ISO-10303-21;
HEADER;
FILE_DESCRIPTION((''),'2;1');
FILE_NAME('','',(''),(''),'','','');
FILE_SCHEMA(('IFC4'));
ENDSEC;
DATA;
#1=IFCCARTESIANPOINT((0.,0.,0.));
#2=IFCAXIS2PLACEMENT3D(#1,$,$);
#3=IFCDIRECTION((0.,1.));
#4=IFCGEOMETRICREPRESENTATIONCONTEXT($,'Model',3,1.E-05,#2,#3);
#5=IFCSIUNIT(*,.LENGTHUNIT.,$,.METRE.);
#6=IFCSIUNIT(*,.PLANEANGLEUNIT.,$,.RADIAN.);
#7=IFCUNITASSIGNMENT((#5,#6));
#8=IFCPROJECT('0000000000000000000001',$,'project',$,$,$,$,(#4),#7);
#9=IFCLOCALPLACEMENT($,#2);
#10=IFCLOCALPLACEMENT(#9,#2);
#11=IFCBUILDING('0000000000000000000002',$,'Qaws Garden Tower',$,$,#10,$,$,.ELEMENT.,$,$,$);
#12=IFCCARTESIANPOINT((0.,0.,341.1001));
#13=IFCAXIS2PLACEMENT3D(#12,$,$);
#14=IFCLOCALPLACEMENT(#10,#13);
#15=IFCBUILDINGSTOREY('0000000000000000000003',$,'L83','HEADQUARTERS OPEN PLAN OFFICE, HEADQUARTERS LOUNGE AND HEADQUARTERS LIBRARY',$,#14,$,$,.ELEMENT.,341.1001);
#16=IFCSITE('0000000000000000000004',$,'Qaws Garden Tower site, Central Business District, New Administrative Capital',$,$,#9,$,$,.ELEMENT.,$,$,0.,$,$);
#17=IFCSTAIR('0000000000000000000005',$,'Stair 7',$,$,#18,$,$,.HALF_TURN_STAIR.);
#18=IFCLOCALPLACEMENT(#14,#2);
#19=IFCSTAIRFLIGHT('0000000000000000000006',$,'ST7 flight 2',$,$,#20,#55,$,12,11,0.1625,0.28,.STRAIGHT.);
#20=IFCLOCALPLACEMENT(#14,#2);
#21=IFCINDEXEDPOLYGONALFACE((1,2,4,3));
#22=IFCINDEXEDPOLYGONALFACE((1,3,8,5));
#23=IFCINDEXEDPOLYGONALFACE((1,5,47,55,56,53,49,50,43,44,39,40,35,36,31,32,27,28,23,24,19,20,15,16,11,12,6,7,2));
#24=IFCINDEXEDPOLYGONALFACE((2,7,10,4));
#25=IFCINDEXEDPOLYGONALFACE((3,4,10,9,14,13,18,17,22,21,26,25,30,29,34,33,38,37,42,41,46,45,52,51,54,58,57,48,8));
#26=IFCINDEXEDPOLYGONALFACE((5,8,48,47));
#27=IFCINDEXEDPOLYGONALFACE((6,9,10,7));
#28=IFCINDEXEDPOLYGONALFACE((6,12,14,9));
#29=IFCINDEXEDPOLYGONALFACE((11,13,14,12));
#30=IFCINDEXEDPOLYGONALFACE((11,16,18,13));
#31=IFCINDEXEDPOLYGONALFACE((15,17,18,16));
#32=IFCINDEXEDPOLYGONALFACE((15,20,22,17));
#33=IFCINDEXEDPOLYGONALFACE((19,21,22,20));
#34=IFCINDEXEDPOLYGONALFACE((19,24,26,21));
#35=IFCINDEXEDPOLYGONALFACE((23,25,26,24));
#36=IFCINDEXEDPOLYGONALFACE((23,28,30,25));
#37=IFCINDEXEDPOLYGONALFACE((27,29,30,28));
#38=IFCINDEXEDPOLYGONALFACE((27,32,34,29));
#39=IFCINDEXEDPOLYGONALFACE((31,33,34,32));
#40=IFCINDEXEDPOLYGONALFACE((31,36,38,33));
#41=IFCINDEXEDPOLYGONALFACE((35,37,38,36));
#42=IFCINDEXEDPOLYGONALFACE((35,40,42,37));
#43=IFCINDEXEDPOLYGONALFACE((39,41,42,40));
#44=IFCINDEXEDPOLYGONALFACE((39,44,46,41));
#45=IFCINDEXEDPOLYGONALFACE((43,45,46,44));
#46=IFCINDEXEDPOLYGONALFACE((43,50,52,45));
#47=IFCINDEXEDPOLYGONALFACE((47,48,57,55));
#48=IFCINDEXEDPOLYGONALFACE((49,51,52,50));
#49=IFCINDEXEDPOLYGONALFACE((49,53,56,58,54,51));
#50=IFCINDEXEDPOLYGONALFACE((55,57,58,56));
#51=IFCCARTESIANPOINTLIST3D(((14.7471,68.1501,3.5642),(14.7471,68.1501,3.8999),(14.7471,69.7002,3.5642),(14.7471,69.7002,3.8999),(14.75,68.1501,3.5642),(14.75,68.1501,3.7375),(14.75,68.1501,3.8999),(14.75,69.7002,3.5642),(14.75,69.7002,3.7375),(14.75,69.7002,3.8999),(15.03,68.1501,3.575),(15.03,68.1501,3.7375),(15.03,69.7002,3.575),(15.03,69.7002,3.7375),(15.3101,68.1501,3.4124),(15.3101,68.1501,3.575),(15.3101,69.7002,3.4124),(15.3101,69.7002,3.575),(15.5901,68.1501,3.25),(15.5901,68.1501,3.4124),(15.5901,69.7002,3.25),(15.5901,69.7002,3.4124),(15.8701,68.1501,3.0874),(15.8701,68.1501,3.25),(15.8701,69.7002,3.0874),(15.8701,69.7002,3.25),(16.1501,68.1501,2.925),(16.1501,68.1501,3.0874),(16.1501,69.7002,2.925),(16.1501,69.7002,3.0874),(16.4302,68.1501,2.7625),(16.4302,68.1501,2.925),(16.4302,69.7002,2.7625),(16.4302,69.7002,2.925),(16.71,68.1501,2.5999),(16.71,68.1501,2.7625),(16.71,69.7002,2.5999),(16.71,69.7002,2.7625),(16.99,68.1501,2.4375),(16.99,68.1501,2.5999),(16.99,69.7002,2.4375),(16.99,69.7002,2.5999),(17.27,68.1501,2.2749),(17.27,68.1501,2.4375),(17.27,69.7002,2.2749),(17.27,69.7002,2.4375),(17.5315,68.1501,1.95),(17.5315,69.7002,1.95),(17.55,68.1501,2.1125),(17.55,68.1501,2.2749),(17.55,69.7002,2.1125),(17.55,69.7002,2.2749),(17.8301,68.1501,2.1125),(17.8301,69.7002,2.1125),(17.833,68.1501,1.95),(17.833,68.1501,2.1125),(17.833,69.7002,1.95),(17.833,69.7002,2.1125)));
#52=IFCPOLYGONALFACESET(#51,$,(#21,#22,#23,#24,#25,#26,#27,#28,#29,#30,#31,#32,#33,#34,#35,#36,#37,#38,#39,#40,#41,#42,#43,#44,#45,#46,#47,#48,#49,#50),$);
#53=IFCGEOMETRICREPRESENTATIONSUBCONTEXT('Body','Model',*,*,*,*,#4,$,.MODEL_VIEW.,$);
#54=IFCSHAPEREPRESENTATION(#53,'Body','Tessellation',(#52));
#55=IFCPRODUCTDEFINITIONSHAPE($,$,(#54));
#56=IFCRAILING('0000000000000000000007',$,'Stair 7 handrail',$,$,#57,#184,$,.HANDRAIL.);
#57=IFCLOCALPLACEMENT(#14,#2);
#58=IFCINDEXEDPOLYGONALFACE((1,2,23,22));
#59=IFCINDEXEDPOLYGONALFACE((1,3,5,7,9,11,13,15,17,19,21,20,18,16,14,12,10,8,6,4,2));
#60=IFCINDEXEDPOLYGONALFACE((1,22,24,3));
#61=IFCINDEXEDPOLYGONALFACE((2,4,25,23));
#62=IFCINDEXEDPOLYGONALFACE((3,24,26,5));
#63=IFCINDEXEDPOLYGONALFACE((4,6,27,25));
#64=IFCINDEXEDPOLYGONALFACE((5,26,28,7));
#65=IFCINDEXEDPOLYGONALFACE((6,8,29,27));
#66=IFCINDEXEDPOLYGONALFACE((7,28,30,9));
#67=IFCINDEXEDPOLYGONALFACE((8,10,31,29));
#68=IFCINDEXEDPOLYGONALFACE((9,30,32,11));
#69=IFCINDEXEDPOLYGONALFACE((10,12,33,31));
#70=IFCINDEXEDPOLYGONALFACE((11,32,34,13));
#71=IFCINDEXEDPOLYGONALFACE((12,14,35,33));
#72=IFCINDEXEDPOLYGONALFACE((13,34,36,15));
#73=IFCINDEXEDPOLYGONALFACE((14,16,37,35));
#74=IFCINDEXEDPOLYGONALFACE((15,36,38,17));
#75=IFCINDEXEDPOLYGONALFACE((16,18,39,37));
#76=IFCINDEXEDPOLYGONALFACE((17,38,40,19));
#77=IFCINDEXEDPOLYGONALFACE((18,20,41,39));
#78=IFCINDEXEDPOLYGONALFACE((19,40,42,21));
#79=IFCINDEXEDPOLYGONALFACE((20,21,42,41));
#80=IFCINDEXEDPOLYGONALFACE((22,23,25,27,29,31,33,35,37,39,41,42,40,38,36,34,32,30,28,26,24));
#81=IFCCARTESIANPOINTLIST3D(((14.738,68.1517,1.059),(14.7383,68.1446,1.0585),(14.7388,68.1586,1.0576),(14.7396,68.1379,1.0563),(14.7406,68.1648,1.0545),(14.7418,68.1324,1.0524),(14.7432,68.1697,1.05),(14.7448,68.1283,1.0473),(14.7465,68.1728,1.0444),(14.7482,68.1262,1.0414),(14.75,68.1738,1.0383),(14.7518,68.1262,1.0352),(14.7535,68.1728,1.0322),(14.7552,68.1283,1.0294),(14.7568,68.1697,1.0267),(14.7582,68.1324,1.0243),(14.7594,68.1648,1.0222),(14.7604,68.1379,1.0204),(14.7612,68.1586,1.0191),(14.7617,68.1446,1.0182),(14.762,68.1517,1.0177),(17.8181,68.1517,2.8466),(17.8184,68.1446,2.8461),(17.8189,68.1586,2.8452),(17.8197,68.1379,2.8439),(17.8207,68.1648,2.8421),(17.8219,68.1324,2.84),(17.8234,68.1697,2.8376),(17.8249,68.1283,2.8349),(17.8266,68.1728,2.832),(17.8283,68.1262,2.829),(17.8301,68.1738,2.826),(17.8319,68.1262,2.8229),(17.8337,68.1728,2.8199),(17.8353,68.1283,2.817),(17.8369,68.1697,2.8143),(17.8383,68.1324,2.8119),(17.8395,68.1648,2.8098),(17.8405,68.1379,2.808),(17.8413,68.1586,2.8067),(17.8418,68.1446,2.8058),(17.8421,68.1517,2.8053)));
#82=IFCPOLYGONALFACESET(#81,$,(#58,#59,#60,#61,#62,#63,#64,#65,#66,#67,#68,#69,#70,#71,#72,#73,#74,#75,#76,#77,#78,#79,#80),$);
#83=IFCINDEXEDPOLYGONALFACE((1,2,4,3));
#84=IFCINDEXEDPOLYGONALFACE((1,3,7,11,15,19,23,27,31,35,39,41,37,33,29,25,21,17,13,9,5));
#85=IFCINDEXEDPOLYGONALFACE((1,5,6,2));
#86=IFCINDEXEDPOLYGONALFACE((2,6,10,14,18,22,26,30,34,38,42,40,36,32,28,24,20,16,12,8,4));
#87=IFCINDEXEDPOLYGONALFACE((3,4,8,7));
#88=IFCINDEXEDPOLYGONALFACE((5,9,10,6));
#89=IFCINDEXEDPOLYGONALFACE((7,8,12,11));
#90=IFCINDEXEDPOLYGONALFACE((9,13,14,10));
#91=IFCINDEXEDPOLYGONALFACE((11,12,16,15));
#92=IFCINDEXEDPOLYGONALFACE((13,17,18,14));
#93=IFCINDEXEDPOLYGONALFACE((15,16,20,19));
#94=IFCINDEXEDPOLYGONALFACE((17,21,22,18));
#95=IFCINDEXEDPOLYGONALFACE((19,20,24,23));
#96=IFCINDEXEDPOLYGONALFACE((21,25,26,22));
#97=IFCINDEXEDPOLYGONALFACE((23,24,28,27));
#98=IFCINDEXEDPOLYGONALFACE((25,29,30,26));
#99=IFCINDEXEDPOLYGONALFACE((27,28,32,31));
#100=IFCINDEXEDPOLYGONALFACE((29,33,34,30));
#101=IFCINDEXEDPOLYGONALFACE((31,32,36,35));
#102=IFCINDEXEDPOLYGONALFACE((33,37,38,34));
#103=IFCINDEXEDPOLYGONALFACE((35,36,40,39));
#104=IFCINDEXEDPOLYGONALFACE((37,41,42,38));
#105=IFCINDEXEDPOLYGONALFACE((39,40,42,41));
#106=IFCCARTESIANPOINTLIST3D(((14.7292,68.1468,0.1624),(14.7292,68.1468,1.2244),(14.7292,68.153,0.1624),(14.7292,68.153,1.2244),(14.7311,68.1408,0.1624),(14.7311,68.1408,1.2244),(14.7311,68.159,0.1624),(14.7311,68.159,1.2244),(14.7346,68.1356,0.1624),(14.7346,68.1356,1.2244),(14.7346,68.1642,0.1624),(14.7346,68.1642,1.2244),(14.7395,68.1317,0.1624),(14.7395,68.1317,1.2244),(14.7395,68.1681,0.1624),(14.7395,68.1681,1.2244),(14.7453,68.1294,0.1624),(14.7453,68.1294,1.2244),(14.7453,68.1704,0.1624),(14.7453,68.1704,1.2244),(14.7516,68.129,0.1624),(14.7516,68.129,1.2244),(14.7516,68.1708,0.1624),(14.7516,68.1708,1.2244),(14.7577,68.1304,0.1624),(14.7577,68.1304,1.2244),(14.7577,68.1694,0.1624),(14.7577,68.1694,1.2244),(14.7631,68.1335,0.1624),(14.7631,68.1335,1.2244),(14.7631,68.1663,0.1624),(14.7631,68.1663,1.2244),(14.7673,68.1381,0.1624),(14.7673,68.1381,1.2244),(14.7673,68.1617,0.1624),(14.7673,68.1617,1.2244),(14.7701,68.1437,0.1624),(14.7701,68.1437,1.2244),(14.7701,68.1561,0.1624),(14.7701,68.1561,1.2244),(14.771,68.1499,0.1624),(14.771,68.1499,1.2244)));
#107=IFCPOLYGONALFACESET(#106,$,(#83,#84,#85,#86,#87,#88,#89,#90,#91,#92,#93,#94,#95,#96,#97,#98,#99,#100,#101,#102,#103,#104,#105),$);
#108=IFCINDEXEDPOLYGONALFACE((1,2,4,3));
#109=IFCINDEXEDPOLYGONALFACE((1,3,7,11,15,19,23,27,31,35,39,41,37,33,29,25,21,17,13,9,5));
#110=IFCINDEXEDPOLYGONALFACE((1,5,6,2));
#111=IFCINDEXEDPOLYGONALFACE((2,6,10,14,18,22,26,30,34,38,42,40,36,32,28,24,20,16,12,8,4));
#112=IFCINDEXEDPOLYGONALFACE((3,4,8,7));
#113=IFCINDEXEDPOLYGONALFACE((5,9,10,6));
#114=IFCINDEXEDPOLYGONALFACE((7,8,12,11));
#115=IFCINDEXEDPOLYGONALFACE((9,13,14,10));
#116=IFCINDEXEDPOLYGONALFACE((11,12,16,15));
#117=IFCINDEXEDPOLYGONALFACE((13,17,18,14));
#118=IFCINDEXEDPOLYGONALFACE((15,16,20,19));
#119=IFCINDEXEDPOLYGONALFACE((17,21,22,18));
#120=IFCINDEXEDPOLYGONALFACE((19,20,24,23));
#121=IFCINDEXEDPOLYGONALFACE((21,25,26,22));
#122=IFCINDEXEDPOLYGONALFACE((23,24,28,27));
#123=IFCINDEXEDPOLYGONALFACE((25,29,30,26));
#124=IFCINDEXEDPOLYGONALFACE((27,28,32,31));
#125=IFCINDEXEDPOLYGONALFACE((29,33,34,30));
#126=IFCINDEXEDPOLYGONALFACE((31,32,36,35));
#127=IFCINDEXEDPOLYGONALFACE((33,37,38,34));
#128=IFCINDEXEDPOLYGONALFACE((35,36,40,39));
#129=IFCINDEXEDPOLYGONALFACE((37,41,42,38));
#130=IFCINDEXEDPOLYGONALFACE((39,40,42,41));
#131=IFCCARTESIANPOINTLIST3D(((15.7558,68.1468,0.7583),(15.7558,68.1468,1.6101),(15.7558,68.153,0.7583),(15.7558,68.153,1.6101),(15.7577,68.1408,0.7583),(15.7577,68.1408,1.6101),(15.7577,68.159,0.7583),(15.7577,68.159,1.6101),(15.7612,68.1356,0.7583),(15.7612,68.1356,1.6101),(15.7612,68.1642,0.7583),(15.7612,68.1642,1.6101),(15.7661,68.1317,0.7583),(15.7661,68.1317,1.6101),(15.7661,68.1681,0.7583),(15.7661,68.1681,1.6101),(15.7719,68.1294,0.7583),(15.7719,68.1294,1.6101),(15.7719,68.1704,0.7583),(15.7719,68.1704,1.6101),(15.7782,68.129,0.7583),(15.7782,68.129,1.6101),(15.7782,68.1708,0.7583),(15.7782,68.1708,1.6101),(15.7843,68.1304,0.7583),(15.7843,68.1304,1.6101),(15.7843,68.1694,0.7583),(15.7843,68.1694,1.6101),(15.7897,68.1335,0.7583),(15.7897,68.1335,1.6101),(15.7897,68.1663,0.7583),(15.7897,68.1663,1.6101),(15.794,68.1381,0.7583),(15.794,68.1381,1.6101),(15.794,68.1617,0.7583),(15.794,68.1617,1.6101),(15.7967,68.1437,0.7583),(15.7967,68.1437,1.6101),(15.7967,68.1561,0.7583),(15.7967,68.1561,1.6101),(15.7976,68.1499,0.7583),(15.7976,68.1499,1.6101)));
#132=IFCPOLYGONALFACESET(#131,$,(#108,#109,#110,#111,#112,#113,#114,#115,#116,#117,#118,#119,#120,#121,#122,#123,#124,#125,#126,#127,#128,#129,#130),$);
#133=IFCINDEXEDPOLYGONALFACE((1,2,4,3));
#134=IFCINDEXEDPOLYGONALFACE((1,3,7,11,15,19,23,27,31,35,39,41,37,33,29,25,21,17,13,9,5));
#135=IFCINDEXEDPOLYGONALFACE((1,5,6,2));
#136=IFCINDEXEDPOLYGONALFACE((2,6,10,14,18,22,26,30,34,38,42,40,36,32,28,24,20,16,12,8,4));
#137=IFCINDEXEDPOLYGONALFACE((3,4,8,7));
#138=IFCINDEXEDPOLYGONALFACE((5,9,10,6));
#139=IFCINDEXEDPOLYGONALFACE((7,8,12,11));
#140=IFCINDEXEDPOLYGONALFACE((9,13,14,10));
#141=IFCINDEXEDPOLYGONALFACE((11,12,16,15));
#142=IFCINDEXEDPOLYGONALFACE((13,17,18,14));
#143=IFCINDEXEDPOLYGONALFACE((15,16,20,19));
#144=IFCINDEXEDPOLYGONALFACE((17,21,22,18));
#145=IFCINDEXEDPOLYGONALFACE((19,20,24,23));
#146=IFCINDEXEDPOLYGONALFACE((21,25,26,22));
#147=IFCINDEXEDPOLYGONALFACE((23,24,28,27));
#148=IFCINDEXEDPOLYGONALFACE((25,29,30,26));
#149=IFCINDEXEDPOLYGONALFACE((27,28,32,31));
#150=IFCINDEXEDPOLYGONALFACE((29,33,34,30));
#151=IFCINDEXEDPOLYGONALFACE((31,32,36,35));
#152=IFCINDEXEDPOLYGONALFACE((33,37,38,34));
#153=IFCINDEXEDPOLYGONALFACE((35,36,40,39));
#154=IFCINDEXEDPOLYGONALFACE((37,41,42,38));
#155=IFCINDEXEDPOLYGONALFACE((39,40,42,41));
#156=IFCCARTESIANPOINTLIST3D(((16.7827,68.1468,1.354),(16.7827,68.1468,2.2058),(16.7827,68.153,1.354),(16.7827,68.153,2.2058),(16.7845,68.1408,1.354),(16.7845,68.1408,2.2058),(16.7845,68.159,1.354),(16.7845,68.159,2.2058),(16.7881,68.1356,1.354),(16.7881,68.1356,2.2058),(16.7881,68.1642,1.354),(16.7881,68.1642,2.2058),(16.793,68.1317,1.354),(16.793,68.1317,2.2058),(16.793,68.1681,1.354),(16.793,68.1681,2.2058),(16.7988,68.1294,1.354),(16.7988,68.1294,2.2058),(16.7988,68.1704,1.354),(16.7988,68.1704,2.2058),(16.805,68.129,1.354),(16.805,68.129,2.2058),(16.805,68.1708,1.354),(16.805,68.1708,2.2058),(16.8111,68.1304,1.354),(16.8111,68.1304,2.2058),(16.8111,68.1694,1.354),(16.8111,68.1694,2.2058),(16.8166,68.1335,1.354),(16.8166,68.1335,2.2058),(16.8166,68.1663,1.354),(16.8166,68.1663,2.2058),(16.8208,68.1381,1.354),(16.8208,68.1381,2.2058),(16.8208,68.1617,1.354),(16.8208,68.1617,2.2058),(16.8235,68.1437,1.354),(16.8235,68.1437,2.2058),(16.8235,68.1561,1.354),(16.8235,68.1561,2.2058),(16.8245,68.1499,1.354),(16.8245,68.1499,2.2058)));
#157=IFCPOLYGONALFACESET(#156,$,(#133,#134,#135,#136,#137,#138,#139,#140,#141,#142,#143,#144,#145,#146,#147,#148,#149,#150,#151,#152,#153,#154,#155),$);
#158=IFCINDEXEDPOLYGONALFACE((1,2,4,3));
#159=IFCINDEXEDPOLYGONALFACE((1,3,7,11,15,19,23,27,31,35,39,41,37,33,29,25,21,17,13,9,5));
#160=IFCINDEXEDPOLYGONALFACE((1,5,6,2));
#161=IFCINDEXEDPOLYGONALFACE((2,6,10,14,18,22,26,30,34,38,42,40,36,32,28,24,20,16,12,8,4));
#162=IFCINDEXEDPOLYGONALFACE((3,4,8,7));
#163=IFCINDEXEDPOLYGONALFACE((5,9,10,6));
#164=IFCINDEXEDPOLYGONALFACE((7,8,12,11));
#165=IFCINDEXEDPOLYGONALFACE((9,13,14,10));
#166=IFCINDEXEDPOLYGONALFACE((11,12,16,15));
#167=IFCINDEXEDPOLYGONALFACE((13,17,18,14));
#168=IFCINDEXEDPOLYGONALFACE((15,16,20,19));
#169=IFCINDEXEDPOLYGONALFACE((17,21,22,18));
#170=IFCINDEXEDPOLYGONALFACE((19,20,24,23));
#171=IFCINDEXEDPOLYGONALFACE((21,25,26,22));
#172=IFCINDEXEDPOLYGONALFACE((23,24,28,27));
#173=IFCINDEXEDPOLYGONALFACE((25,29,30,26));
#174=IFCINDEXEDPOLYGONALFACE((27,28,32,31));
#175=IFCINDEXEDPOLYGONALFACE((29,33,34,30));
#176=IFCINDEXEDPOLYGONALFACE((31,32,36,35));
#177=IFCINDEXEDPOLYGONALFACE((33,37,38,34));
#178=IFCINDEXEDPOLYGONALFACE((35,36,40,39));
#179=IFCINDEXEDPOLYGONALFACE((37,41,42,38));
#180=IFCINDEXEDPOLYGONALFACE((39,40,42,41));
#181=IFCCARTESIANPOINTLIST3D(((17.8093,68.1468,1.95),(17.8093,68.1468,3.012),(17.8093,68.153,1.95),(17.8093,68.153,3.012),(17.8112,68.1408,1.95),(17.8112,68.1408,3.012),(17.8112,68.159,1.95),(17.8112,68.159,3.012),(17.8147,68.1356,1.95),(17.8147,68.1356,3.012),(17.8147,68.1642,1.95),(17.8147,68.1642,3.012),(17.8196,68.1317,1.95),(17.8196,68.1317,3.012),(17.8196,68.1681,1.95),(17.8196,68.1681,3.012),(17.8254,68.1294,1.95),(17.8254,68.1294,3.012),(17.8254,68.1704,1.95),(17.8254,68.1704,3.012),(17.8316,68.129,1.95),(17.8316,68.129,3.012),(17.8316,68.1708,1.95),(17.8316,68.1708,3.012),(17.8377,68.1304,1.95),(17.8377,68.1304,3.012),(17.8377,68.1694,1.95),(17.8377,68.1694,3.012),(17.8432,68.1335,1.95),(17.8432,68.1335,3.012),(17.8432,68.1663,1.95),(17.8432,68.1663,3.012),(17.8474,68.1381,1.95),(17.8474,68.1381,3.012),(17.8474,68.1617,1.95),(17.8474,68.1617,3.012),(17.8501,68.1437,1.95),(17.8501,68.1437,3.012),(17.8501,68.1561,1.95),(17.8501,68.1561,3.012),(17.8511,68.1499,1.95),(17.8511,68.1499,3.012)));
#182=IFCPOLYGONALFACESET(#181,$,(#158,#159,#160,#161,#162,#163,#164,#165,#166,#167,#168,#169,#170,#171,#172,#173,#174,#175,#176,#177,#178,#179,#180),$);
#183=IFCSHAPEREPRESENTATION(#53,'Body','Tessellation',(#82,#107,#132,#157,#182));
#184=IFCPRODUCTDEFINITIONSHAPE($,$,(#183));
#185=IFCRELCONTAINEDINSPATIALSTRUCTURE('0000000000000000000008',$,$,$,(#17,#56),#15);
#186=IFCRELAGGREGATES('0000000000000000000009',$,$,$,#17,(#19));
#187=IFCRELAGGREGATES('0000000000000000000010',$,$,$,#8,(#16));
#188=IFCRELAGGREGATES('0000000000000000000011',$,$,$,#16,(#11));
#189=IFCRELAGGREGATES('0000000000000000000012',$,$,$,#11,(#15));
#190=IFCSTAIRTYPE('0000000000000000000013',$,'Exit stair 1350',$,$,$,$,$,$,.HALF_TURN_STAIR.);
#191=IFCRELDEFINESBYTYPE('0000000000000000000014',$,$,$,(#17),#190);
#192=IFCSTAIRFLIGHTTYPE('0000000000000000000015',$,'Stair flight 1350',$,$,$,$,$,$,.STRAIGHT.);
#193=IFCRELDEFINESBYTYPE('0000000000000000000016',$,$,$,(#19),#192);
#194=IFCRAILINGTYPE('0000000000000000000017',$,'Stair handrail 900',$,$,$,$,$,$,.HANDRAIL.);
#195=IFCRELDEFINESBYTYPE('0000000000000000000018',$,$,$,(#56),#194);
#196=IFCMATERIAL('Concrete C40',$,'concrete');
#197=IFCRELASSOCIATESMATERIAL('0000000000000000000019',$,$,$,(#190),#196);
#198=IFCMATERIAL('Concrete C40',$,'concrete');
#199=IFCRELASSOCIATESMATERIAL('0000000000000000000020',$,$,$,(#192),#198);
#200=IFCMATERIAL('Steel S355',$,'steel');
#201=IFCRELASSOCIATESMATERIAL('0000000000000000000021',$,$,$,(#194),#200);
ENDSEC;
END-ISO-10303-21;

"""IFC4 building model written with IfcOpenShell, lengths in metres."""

from ifc_helpers import new_model, si_unit, direction, frame, origin, origin_2d, place, context, subcontext, project, spatial, polyline, circle, outline, extrude, material, type_object, element, aggregate, save


model = new_model("IFC4")

# Units and contexts
model_context = context("Model", 3, precision=1e-05, world=origin(), true_north=direction((0.0, 1.0)))
body_context = subcontext(model_context, "Body", "Model", "MODEL_VIEW")
ifc_project = project(units=[si_unit("LENGTHUNIT", "METRE"), si_unit("PLANEANGLEUNIT", "RADIAN")], contexts=[model_context])

# Site, building, storey
site_placement = place(None, origin())
site = spatial("IfcSite", under=ifc_project, at=site_placement, Name="Qaws Garden Tower site, Central Business District, New Administrative Capital", CompositionType="ELEMENT", RefElevation=0.0)
building_placement = place(site_placement, origin())
building = spatial("IfcBuilding", under=site, at=building_placement, Name="Qaws Garden Tower", CompositionType="ELEMENT")
storey_placement = place(building_placement, frame((0.0, 0.0, 341.1001)))
storey = spatial("IfcBuildingStorey", under=building, at=storey_placement, Name="L83", Description="HEADQUARTERS OPEN PLAN OFFICE, HEADQUARTERS LOUNGE AND HEADQUARTERS LIBRARY", CompositionType="ELEMENT", Elevation=341.1001)

# Stair, stair flight
ifc_material_1 = material(Name="Concrete C40", Category="concrete")
stair_type = type_object("IfcStairType", Name="Exit stair 1350", PredefinedType="HALF_TURN_STAIR", material=ifc_material_1)
stair_placement = place(storey_placement, origin())
stair = element("IfcStair", 1, at=stair_placement, inside=storey, type_object=stair_type, Name="Stair 7", PredefinedType="HALF_TURN_STAIR")
ifc_material_2 = material(Name="Concrete C40", Category="concrete")
stair_flight_type = type_object("IfcStairFlightType", Name="Stair flight 1350", PredefinedType="STRAIGHT", material=ifc_material_2)
stair_flight_1_placement = place(storey_placement, frame((17.8301, 68.925, 1.95), z_axis=(0.0, 0.0, 1.0), x_axis=(-1.0, 0.0, 0.0)))
stair_flight_1 = element("IfcStairFlight", 2, at=stair_flight_1_placement, type_object=stair_flight_type, Name="ST7 flight 2", NumberOfRisers=12, NumberOfTreads=11, PredefinedType="STRAIGHT", RiserHeight=0.1625, TreadLength=0.28, context=body_context, shape_type="SweptSolid", body=[
    extrude(outline(polyline([(-0.0029, 0.0), (-0.0029, 0.1626), (0.0, 0.1626), (0.28, 0.1626), (0.28, 0.325), (0.5601, 0.325), (0.5601, 0.4875), (0.8401, 0.4875), (0.8401, 0.6499), (1.1201, 0.6499), (1.1201, 0.8125), (1.3999, 0.8125), (1.3999, 0.9751), (1.6799, 0.9751), (1.6799, 1.1375), (1.96, 1.1375), (1.96, 1.3), (2.24, 1.3), (2.24, 1.4624), (2.52, 1.4624), (2.52, 1.625), (2.8, 1.625), (2.8, 1.7876), (3.0801, 1.7876), (3.0801, 1.95), (3.083, 1.95), (3.083, 1.6143), (3.0801, 1.6143), (0.2986, 0.0), (-0.0029, 0.0)])), frame((0.0, 0.7749, 0.0), z_axis=(0.0, -1.0, 0.0), x_axis=(1.0, 0.0, 0.0)), (0.0, 0.0, 1.0), 1.55),
])
aggregate(stair, [stair_flight_1])

# Railing
ifc_material_3 = material(Name="Steel S355", Category="steel")
railing_type = type_object("IfcRailingType", Name="Stair handrail 900", PredefinedType="HANDRAIL", material=ifc_material_3)
railing_1_placement = place(storey_placement, frame((14.75, 68.1499, 0.1624)))
element("IfcRailing", 3, at=railing_1_placement, inside=storey, type_object=railing_type, Name="Stair 7 handrail", PredefinedType="HANDRAIL", context=body_context, shape_type="SweptSolid", body=[
    extrude(circle(Radius=0.0239, at=origin_2d()), frame((0.0, 0.0, 0.876), z_axis=(0.864891, 0.0, 0.50196), x_axis=(0.0, 1.0, 0.0)), (0.0, 0.0, 1.0), 3.5613),
    extrude(circle(Radius=0.021, at=origin_2d()), origin(), (0.0, 0.0, 1.0), 1.062),
    extrude(circle(Radius=0.021, at=origin_2d()), frame((1.0266, 0.0, 0.5959)), (0.0, 0.0, 1.0), 0.8518),
    extrude(circle(Radius=0.021, at=origin_2d()), frame((2.0535, 0.0, 1.1917)), (0.0, 0.0, 1.0), 0.8518),
    extrude(circle(Radius=0.021, at=origin_2d()), frame((3.0801, 0.0, 1.7876)), (0.0, 0.0, 1.0), 1.062),
])

save(model, "model.ifc")
